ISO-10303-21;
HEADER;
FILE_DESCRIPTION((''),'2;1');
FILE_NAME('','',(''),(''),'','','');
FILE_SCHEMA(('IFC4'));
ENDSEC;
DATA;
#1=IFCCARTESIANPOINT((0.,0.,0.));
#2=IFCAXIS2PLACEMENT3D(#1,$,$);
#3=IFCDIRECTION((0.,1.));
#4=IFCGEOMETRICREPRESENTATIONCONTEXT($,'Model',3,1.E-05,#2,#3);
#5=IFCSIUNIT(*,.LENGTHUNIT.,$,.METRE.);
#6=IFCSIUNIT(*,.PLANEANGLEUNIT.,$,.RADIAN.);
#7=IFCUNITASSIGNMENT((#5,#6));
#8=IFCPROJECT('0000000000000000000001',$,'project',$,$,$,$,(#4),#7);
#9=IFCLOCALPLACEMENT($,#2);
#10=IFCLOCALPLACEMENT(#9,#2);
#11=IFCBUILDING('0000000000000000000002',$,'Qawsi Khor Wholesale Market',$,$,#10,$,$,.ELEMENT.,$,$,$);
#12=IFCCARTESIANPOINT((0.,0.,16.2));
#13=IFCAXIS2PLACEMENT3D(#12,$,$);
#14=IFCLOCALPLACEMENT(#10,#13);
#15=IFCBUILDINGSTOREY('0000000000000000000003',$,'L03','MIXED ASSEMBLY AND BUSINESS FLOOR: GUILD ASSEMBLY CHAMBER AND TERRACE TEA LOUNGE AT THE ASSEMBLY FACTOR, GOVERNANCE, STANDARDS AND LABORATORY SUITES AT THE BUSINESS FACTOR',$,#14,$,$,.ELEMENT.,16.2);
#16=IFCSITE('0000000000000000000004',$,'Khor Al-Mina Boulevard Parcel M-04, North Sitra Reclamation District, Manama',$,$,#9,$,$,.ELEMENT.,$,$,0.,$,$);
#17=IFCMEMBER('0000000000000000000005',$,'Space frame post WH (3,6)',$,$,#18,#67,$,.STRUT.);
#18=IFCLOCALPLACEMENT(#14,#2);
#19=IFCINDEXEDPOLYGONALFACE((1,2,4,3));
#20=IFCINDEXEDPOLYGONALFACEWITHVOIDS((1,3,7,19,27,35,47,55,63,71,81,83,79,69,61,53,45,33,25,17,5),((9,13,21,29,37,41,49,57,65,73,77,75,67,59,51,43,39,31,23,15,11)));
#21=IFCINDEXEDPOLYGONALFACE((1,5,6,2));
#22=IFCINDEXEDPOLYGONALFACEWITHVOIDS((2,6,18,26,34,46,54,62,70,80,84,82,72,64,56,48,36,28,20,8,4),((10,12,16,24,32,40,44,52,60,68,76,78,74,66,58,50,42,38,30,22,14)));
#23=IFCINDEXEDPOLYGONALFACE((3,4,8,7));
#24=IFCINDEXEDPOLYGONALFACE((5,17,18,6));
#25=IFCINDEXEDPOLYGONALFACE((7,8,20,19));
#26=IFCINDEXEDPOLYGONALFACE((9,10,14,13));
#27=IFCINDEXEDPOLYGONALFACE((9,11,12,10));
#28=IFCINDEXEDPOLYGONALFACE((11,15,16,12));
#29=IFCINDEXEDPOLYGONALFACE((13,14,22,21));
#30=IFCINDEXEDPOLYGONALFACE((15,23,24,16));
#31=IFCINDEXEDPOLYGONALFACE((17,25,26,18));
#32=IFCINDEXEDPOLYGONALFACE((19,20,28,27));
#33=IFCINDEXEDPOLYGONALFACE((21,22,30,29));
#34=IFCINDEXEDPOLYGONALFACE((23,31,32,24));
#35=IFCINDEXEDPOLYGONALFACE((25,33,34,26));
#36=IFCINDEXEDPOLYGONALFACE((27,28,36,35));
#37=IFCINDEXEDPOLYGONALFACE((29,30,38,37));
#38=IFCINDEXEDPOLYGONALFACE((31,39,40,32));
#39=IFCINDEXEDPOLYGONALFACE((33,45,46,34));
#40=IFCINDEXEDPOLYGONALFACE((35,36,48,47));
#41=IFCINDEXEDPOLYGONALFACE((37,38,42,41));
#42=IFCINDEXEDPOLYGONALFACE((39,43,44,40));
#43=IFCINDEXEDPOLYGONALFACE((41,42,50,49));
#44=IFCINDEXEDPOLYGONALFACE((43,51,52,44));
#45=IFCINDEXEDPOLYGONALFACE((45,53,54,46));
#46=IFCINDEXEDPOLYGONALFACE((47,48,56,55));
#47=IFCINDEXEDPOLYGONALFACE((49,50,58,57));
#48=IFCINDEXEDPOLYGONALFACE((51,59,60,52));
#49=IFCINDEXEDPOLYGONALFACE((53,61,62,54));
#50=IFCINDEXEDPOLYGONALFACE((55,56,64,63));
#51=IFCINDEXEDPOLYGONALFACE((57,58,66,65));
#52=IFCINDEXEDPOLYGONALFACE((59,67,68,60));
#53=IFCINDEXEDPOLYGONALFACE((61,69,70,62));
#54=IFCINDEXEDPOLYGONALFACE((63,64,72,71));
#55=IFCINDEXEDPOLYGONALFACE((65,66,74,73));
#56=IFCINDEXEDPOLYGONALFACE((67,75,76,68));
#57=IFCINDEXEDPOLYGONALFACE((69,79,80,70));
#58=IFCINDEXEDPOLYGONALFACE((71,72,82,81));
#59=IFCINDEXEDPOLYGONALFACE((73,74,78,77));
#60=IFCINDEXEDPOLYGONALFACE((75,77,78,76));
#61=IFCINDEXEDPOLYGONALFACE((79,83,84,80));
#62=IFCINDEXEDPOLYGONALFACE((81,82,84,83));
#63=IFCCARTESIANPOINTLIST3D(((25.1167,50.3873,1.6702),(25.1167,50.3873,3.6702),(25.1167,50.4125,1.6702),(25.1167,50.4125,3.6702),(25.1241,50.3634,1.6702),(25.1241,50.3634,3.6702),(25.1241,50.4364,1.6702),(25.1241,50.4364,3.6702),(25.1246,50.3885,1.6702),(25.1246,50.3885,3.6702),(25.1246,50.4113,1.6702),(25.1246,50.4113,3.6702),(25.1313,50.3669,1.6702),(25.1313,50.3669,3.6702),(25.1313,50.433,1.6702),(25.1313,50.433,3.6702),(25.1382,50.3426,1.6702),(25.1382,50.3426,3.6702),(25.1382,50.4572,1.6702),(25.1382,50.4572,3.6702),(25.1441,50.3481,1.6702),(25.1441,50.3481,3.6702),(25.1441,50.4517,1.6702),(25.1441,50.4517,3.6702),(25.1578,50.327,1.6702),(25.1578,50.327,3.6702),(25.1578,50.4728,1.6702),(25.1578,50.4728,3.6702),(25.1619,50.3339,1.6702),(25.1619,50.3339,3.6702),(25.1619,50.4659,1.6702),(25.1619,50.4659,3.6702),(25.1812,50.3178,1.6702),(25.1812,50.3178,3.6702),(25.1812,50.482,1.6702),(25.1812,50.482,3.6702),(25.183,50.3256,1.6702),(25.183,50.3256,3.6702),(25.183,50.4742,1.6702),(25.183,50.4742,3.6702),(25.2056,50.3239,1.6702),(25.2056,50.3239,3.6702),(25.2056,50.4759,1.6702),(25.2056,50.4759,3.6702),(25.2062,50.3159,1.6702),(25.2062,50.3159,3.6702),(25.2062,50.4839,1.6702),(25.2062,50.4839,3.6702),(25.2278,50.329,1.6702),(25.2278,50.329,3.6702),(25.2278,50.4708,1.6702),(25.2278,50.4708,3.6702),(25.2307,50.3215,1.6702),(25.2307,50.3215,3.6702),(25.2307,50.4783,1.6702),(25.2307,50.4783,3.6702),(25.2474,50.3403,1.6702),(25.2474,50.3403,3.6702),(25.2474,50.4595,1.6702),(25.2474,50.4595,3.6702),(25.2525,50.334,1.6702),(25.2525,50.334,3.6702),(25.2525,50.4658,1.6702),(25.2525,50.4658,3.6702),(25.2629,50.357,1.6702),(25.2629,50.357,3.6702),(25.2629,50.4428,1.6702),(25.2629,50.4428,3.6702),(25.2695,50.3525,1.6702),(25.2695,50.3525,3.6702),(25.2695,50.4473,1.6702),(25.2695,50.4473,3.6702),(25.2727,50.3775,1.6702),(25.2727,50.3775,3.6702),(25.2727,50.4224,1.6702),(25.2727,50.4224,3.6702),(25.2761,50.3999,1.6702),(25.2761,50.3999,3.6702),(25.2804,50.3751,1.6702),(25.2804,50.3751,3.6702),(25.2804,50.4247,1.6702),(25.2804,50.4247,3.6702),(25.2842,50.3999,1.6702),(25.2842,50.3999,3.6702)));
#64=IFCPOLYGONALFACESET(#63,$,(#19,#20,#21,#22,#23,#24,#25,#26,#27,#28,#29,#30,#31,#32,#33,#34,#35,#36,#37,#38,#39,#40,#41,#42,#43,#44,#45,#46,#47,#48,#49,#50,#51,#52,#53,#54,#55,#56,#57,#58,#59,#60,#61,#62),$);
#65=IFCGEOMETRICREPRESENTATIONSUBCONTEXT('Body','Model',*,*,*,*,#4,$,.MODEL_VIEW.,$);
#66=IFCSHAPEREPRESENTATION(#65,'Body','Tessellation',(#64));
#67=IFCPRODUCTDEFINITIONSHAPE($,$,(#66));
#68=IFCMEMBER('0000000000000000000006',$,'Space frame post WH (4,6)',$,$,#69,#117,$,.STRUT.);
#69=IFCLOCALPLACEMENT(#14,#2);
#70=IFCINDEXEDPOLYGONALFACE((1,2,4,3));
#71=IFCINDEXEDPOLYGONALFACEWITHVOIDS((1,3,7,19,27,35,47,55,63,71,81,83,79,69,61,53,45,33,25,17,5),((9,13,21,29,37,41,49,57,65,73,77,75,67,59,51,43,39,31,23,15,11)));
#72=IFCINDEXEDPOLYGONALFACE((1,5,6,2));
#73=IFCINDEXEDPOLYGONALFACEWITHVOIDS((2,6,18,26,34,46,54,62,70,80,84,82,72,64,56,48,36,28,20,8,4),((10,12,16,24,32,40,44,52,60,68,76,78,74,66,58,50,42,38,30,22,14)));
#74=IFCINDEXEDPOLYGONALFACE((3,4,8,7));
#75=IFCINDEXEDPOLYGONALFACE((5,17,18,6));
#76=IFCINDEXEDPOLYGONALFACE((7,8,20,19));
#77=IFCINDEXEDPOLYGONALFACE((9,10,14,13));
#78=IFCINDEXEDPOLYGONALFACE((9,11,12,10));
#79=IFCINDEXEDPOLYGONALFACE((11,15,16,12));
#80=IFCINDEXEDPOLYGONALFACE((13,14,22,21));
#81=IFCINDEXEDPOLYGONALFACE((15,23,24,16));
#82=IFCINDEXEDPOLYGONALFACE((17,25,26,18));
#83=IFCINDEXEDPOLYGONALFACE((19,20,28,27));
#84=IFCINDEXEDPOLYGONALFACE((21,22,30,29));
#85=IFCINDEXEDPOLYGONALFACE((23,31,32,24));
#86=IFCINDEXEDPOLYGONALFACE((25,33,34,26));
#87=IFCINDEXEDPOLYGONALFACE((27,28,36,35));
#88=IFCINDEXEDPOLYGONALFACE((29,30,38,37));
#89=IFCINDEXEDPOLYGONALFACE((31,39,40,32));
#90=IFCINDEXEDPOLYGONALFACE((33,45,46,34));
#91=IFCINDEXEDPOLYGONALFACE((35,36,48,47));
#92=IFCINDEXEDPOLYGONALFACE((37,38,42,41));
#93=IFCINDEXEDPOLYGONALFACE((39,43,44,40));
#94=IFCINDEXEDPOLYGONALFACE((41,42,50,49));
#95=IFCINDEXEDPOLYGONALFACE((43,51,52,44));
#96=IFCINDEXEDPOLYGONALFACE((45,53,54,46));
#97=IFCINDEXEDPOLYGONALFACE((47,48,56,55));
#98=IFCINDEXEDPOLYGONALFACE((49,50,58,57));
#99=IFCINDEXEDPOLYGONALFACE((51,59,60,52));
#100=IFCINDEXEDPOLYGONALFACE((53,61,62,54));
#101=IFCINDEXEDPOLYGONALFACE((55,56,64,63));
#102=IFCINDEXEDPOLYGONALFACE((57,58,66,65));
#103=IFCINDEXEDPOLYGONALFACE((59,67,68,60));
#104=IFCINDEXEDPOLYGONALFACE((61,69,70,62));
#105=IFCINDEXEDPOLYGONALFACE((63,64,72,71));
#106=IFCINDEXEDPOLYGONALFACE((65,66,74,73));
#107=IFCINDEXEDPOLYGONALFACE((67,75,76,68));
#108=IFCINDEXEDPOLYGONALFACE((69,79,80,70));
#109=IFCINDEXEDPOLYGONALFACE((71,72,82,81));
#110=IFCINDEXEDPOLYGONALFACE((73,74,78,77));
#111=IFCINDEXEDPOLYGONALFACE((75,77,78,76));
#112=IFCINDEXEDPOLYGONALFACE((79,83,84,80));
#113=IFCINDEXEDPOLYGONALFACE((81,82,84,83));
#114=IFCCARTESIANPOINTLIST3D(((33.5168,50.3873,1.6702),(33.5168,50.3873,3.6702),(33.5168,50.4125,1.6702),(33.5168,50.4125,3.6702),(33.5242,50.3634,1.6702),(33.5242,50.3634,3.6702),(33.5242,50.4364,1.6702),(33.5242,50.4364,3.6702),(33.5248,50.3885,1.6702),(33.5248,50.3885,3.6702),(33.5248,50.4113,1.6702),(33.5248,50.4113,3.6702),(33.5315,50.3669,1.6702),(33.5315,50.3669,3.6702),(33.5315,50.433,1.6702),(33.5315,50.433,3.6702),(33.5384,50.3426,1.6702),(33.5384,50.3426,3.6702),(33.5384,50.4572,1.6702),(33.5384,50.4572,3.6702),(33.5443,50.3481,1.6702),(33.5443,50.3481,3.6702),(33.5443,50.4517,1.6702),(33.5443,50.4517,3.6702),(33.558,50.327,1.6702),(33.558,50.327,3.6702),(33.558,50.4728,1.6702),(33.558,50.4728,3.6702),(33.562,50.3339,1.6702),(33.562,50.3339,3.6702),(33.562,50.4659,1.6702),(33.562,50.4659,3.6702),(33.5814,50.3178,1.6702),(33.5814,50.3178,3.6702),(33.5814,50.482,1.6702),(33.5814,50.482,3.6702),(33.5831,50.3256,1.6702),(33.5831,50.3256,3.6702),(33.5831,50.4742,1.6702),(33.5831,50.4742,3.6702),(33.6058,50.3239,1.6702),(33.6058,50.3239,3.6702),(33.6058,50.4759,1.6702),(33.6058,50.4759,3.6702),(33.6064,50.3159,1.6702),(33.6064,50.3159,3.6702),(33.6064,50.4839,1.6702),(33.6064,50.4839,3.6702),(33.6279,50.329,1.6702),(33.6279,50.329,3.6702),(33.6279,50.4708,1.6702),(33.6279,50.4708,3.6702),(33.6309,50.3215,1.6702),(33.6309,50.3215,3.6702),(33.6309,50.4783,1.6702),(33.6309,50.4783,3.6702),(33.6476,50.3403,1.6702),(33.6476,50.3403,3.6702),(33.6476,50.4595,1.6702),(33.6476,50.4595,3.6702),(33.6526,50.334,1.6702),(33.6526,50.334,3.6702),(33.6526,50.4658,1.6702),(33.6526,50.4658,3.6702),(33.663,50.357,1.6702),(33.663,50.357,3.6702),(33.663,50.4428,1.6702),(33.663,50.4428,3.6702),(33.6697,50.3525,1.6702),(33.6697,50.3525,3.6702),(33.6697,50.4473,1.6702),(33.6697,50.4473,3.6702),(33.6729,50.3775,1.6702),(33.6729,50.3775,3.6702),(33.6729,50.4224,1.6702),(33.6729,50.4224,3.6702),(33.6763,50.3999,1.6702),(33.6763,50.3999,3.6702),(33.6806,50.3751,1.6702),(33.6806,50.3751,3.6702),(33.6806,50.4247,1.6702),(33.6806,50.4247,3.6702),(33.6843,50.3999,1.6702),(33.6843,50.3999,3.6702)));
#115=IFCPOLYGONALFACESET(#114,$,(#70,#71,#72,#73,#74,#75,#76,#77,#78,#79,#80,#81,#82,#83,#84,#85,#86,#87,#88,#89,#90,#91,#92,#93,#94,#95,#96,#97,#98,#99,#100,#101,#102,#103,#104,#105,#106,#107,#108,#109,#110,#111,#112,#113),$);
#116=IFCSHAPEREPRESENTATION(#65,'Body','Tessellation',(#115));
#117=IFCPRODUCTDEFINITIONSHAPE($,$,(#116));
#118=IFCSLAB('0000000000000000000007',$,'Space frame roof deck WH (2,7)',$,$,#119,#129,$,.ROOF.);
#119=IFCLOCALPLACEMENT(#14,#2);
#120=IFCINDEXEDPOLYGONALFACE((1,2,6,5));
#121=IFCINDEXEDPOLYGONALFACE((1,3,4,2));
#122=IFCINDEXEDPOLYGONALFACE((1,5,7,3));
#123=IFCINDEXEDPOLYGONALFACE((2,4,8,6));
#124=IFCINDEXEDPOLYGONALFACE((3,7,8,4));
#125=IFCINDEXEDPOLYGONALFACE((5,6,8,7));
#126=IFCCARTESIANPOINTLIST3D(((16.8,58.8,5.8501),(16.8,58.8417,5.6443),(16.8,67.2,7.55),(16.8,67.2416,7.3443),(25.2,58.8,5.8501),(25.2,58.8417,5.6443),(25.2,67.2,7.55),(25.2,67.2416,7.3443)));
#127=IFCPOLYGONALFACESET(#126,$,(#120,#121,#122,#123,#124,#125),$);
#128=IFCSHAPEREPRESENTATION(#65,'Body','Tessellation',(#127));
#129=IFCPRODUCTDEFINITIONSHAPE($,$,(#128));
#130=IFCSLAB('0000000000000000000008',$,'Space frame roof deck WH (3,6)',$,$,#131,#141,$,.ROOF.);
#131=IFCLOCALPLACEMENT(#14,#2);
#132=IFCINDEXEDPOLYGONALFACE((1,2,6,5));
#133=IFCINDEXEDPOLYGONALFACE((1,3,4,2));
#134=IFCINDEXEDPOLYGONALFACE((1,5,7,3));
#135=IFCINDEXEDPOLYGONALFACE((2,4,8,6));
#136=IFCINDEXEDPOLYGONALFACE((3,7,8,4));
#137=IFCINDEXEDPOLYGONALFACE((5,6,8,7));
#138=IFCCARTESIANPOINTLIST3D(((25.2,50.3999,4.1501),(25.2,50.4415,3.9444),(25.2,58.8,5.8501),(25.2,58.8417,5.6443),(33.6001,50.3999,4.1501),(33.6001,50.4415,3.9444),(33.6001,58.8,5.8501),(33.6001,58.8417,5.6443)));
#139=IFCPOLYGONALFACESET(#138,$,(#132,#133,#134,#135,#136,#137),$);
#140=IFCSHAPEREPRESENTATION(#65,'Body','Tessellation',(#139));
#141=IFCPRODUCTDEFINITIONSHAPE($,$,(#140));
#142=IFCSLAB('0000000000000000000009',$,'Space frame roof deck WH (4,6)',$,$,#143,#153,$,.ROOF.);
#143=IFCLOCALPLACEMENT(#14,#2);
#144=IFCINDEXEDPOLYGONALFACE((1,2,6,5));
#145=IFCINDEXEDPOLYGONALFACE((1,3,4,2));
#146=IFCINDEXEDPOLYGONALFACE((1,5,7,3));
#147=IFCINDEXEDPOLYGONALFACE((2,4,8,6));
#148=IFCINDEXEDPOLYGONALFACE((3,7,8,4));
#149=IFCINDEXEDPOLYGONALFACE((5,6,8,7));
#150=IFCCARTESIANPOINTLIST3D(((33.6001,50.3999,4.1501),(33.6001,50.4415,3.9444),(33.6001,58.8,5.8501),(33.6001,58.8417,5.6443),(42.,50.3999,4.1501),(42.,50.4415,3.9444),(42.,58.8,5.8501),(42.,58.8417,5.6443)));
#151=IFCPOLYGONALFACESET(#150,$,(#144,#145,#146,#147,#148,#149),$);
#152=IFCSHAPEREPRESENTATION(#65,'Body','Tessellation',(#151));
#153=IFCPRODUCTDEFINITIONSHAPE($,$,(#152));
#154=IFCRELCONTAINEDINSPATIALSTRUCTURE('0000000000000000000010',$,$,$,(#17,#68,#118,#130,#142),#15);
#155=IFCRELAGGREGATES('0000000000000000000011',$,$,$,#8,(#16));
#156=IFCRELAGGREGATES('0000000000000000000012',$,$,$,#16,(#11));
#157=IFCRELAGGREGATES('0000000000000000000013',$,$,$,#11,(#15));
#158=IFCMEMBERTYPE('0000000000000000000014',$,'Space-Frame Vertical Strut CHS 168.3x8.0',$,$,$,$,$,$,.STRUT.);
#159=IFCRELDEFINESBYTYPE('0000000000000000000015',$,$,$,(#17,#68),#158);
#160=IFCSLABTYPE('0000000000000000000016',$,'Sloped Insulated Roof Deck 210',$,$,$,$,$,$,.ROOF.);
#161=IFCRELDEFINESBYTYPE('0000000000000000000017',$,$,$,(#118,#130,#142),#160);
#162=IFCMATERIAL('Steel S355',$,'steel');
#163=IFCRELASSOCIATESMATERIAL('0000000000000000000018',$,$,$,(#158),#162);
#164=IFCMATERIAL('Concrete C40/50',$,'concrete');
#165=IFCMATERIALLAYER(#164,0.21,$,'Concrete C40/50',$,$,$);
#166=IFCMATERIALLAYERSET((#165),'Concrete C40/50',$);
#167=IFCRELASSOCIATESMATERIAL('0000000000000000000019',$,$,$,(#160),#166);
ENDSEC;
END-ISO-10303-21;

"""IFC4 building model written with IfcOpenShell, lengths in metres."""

from ifc_helpers import new_model, si_unit, direction, frame, origin, origin_2d, place, context, subcontext, project, spatial, polyline, hollow_circle, outline, extrude, material, layer, layer_set, material_profile, profile_set, type_object, element, save


model = new_model("IFC4")

# Units and contexts
model_context = context("Model", 3, precision=1e-05, world=origin(), true_north=direction((0.0, 1.0)))
body_context = subcontext(model_context, "Body", "Model", "MODEL_VIEW")
ifc_project = project(units=[si_unit("LENGTHUNIT", "METRE"), si_unit("PLANEANGLEUNIT", "RADIAN")], contexts=[model_context])

# Site, building, storey
site_placement = place(None, origin())
site = spatial("IfcSite", under=ifc_project, at=site_placement, Name="Khor Al-Mina Boulevard Parcel M-04, North Sitra Reclamation District, Manama", CompositionType="ELEMENT", RefElevation=0.0)
building_placement = place(site_placement, origin())
building = spatial("IfcBuilding", under=site, at=building_placement, Name="Qawsi Khor Wholesale Market", CompositionType="ELEMENT")
storey_placement = place(building_placement, frame((0.0, 0.0, 16.2)))
storey = spatial("IfcBuildingStorey", under=building, at=storey_placement, Name="L03", Description="MIXED ASSEMBLY AND BUSINESS FLOOR: GUILD ASSEMBLY CHAMBER AND TERRACE TEA LOUNGE AT THE ASSEMBLY FACTOR, GOVERNANCE, STANDARDS AND LABORATORY SUITES AT THE BUSINESS FACTOR", CompositionType="ELEMENT", Elevation=16.2)

# Members
ifc_material_1 = material(Name="Steel S355", Category="steel")
ifc_material_profile_1 = material_profile(ifc_material_1, hollow_circle(Radius=0.0842, WallThickness=0.0081, at=origin_2d()), Name="CHS 168.3x8.0")
ifc_profile_set_1 = profile_set([ifc_material_profile_1], Name="Steel S355")
member_type_1 = type_object("IfcMemberType", Name="Space-Frame Vertical Strut CHS 168.3x8.0", PredefinedType="STRUT", material=ifc_profile_set_1)
for number, where, z_axis, x_axis, name in (
    (1, (25.2, 50.3999, 1.6702), (0.0, 0.0, 1.0), (1.0, 0.0, 0.0), "Space frame post WH (3,6)"),
    (2, (33.6001, 50.3999, 1.6702), (0.0, 0.0, 1.0), (1.0, 0.0, 0.0), "Space frame post WH (4,6)"),
):
    element("IfcMember", number, at=place(storey_placement, frame(where, z_axis=z_axis, x_axis=x_axis)), inside=storey, type_object=member_type_1, Name=name, PredefinedType="STRUT", context=body_context, shape_type="SweptSolid", body=[
        extrude(hollow_circle(Radius=0.0842, WallThickness=0.0081, at=origin_2d()), origin(), (0.0, 0.0, 1.0), 2.0),
    ])

# Slabs
ifc_material_2 = material(Name="Concrete C40/50", Category="concrete")
ifc_layer = layer(ifc_material_2, 0.21, Name="Concrete C40/50")
ifc_layer_set = layer_set([ifc_layer], Name="Concrete C40/50")
slab_type = type_object("IfcSlabType", Name="Sloped Insulated Roof Deck 210", PredefinedType="ROOF", material=ifc_layer_set)
slab_1_placement = place(storey_placement, frame((16.8, 58.8, 5.8501), z_axis=(0.0, -0.198356, 0.98013), x_axis=(1.0, 0.0, 0.0)))
element("IfcSlab", 3, at=slab_1_placement, inside=storey, type_object=slab_type, Name="Space frame roof deck WH (2,7)", PredefinedType="ROOF", context=body_context, shape_type="SweptSolid", body=[
    extrude(outline(polyline([(0.0, 0.0), (8.3999, 0.0), (8.3999, 8.5702), (0.0, 8.5702), (0.0, 0.0)])), origin(), (0.0, 0.0, -1.0), 0.21),
])
slab_2_placement = place(storey_placement, frame((25.2, 50.3999, 4.1501), z_axis=(0.0, -0.198351, 0.980131), x_axis=(1.0, 0.0, 0.0)))
element("IfcSlab", 4, at=slab_2_placement, inside=storey, type_object=slab_type, Name="Space frame roof deck WH (3,6)", PredefinedType="ROOF", context=body_context, shape_type="SweptSolid", body=[
    extrude(outline(polyline([(0.0, 0.0), (8.4001, 0.0), (8.4001, 8.5704), (0.0, 8.5704), (0.0, 0.0)])), origin(), (0.0, 0.0, -1.0), 0.21),
])
slab_3_placement = place(storey_placement, frame((33.6001, 50.3999, 4.1501), z_axis=(0.0, -0.198351, 0.980131), x_axis=(1.0, 0.0, 0.0)))
element("IfcSlab", 5, at=slab_3_placement, inside=storey, type_object=slab_type, Name="Space frame roof deck WH (4,6)", PredefinedType="ROOF", context=body_context, shape_type="SweptSolid", body=[
    extrude(outline(polyline([(0.0, 0.0), (8.3999, 0.0), (8.3999, 8.5704), (0.0, 8.5704), (0.0, 0.0)])), origin(), (0.0, 0.0, -1.0), 0.21),
])

save(model, "model.ifc")
